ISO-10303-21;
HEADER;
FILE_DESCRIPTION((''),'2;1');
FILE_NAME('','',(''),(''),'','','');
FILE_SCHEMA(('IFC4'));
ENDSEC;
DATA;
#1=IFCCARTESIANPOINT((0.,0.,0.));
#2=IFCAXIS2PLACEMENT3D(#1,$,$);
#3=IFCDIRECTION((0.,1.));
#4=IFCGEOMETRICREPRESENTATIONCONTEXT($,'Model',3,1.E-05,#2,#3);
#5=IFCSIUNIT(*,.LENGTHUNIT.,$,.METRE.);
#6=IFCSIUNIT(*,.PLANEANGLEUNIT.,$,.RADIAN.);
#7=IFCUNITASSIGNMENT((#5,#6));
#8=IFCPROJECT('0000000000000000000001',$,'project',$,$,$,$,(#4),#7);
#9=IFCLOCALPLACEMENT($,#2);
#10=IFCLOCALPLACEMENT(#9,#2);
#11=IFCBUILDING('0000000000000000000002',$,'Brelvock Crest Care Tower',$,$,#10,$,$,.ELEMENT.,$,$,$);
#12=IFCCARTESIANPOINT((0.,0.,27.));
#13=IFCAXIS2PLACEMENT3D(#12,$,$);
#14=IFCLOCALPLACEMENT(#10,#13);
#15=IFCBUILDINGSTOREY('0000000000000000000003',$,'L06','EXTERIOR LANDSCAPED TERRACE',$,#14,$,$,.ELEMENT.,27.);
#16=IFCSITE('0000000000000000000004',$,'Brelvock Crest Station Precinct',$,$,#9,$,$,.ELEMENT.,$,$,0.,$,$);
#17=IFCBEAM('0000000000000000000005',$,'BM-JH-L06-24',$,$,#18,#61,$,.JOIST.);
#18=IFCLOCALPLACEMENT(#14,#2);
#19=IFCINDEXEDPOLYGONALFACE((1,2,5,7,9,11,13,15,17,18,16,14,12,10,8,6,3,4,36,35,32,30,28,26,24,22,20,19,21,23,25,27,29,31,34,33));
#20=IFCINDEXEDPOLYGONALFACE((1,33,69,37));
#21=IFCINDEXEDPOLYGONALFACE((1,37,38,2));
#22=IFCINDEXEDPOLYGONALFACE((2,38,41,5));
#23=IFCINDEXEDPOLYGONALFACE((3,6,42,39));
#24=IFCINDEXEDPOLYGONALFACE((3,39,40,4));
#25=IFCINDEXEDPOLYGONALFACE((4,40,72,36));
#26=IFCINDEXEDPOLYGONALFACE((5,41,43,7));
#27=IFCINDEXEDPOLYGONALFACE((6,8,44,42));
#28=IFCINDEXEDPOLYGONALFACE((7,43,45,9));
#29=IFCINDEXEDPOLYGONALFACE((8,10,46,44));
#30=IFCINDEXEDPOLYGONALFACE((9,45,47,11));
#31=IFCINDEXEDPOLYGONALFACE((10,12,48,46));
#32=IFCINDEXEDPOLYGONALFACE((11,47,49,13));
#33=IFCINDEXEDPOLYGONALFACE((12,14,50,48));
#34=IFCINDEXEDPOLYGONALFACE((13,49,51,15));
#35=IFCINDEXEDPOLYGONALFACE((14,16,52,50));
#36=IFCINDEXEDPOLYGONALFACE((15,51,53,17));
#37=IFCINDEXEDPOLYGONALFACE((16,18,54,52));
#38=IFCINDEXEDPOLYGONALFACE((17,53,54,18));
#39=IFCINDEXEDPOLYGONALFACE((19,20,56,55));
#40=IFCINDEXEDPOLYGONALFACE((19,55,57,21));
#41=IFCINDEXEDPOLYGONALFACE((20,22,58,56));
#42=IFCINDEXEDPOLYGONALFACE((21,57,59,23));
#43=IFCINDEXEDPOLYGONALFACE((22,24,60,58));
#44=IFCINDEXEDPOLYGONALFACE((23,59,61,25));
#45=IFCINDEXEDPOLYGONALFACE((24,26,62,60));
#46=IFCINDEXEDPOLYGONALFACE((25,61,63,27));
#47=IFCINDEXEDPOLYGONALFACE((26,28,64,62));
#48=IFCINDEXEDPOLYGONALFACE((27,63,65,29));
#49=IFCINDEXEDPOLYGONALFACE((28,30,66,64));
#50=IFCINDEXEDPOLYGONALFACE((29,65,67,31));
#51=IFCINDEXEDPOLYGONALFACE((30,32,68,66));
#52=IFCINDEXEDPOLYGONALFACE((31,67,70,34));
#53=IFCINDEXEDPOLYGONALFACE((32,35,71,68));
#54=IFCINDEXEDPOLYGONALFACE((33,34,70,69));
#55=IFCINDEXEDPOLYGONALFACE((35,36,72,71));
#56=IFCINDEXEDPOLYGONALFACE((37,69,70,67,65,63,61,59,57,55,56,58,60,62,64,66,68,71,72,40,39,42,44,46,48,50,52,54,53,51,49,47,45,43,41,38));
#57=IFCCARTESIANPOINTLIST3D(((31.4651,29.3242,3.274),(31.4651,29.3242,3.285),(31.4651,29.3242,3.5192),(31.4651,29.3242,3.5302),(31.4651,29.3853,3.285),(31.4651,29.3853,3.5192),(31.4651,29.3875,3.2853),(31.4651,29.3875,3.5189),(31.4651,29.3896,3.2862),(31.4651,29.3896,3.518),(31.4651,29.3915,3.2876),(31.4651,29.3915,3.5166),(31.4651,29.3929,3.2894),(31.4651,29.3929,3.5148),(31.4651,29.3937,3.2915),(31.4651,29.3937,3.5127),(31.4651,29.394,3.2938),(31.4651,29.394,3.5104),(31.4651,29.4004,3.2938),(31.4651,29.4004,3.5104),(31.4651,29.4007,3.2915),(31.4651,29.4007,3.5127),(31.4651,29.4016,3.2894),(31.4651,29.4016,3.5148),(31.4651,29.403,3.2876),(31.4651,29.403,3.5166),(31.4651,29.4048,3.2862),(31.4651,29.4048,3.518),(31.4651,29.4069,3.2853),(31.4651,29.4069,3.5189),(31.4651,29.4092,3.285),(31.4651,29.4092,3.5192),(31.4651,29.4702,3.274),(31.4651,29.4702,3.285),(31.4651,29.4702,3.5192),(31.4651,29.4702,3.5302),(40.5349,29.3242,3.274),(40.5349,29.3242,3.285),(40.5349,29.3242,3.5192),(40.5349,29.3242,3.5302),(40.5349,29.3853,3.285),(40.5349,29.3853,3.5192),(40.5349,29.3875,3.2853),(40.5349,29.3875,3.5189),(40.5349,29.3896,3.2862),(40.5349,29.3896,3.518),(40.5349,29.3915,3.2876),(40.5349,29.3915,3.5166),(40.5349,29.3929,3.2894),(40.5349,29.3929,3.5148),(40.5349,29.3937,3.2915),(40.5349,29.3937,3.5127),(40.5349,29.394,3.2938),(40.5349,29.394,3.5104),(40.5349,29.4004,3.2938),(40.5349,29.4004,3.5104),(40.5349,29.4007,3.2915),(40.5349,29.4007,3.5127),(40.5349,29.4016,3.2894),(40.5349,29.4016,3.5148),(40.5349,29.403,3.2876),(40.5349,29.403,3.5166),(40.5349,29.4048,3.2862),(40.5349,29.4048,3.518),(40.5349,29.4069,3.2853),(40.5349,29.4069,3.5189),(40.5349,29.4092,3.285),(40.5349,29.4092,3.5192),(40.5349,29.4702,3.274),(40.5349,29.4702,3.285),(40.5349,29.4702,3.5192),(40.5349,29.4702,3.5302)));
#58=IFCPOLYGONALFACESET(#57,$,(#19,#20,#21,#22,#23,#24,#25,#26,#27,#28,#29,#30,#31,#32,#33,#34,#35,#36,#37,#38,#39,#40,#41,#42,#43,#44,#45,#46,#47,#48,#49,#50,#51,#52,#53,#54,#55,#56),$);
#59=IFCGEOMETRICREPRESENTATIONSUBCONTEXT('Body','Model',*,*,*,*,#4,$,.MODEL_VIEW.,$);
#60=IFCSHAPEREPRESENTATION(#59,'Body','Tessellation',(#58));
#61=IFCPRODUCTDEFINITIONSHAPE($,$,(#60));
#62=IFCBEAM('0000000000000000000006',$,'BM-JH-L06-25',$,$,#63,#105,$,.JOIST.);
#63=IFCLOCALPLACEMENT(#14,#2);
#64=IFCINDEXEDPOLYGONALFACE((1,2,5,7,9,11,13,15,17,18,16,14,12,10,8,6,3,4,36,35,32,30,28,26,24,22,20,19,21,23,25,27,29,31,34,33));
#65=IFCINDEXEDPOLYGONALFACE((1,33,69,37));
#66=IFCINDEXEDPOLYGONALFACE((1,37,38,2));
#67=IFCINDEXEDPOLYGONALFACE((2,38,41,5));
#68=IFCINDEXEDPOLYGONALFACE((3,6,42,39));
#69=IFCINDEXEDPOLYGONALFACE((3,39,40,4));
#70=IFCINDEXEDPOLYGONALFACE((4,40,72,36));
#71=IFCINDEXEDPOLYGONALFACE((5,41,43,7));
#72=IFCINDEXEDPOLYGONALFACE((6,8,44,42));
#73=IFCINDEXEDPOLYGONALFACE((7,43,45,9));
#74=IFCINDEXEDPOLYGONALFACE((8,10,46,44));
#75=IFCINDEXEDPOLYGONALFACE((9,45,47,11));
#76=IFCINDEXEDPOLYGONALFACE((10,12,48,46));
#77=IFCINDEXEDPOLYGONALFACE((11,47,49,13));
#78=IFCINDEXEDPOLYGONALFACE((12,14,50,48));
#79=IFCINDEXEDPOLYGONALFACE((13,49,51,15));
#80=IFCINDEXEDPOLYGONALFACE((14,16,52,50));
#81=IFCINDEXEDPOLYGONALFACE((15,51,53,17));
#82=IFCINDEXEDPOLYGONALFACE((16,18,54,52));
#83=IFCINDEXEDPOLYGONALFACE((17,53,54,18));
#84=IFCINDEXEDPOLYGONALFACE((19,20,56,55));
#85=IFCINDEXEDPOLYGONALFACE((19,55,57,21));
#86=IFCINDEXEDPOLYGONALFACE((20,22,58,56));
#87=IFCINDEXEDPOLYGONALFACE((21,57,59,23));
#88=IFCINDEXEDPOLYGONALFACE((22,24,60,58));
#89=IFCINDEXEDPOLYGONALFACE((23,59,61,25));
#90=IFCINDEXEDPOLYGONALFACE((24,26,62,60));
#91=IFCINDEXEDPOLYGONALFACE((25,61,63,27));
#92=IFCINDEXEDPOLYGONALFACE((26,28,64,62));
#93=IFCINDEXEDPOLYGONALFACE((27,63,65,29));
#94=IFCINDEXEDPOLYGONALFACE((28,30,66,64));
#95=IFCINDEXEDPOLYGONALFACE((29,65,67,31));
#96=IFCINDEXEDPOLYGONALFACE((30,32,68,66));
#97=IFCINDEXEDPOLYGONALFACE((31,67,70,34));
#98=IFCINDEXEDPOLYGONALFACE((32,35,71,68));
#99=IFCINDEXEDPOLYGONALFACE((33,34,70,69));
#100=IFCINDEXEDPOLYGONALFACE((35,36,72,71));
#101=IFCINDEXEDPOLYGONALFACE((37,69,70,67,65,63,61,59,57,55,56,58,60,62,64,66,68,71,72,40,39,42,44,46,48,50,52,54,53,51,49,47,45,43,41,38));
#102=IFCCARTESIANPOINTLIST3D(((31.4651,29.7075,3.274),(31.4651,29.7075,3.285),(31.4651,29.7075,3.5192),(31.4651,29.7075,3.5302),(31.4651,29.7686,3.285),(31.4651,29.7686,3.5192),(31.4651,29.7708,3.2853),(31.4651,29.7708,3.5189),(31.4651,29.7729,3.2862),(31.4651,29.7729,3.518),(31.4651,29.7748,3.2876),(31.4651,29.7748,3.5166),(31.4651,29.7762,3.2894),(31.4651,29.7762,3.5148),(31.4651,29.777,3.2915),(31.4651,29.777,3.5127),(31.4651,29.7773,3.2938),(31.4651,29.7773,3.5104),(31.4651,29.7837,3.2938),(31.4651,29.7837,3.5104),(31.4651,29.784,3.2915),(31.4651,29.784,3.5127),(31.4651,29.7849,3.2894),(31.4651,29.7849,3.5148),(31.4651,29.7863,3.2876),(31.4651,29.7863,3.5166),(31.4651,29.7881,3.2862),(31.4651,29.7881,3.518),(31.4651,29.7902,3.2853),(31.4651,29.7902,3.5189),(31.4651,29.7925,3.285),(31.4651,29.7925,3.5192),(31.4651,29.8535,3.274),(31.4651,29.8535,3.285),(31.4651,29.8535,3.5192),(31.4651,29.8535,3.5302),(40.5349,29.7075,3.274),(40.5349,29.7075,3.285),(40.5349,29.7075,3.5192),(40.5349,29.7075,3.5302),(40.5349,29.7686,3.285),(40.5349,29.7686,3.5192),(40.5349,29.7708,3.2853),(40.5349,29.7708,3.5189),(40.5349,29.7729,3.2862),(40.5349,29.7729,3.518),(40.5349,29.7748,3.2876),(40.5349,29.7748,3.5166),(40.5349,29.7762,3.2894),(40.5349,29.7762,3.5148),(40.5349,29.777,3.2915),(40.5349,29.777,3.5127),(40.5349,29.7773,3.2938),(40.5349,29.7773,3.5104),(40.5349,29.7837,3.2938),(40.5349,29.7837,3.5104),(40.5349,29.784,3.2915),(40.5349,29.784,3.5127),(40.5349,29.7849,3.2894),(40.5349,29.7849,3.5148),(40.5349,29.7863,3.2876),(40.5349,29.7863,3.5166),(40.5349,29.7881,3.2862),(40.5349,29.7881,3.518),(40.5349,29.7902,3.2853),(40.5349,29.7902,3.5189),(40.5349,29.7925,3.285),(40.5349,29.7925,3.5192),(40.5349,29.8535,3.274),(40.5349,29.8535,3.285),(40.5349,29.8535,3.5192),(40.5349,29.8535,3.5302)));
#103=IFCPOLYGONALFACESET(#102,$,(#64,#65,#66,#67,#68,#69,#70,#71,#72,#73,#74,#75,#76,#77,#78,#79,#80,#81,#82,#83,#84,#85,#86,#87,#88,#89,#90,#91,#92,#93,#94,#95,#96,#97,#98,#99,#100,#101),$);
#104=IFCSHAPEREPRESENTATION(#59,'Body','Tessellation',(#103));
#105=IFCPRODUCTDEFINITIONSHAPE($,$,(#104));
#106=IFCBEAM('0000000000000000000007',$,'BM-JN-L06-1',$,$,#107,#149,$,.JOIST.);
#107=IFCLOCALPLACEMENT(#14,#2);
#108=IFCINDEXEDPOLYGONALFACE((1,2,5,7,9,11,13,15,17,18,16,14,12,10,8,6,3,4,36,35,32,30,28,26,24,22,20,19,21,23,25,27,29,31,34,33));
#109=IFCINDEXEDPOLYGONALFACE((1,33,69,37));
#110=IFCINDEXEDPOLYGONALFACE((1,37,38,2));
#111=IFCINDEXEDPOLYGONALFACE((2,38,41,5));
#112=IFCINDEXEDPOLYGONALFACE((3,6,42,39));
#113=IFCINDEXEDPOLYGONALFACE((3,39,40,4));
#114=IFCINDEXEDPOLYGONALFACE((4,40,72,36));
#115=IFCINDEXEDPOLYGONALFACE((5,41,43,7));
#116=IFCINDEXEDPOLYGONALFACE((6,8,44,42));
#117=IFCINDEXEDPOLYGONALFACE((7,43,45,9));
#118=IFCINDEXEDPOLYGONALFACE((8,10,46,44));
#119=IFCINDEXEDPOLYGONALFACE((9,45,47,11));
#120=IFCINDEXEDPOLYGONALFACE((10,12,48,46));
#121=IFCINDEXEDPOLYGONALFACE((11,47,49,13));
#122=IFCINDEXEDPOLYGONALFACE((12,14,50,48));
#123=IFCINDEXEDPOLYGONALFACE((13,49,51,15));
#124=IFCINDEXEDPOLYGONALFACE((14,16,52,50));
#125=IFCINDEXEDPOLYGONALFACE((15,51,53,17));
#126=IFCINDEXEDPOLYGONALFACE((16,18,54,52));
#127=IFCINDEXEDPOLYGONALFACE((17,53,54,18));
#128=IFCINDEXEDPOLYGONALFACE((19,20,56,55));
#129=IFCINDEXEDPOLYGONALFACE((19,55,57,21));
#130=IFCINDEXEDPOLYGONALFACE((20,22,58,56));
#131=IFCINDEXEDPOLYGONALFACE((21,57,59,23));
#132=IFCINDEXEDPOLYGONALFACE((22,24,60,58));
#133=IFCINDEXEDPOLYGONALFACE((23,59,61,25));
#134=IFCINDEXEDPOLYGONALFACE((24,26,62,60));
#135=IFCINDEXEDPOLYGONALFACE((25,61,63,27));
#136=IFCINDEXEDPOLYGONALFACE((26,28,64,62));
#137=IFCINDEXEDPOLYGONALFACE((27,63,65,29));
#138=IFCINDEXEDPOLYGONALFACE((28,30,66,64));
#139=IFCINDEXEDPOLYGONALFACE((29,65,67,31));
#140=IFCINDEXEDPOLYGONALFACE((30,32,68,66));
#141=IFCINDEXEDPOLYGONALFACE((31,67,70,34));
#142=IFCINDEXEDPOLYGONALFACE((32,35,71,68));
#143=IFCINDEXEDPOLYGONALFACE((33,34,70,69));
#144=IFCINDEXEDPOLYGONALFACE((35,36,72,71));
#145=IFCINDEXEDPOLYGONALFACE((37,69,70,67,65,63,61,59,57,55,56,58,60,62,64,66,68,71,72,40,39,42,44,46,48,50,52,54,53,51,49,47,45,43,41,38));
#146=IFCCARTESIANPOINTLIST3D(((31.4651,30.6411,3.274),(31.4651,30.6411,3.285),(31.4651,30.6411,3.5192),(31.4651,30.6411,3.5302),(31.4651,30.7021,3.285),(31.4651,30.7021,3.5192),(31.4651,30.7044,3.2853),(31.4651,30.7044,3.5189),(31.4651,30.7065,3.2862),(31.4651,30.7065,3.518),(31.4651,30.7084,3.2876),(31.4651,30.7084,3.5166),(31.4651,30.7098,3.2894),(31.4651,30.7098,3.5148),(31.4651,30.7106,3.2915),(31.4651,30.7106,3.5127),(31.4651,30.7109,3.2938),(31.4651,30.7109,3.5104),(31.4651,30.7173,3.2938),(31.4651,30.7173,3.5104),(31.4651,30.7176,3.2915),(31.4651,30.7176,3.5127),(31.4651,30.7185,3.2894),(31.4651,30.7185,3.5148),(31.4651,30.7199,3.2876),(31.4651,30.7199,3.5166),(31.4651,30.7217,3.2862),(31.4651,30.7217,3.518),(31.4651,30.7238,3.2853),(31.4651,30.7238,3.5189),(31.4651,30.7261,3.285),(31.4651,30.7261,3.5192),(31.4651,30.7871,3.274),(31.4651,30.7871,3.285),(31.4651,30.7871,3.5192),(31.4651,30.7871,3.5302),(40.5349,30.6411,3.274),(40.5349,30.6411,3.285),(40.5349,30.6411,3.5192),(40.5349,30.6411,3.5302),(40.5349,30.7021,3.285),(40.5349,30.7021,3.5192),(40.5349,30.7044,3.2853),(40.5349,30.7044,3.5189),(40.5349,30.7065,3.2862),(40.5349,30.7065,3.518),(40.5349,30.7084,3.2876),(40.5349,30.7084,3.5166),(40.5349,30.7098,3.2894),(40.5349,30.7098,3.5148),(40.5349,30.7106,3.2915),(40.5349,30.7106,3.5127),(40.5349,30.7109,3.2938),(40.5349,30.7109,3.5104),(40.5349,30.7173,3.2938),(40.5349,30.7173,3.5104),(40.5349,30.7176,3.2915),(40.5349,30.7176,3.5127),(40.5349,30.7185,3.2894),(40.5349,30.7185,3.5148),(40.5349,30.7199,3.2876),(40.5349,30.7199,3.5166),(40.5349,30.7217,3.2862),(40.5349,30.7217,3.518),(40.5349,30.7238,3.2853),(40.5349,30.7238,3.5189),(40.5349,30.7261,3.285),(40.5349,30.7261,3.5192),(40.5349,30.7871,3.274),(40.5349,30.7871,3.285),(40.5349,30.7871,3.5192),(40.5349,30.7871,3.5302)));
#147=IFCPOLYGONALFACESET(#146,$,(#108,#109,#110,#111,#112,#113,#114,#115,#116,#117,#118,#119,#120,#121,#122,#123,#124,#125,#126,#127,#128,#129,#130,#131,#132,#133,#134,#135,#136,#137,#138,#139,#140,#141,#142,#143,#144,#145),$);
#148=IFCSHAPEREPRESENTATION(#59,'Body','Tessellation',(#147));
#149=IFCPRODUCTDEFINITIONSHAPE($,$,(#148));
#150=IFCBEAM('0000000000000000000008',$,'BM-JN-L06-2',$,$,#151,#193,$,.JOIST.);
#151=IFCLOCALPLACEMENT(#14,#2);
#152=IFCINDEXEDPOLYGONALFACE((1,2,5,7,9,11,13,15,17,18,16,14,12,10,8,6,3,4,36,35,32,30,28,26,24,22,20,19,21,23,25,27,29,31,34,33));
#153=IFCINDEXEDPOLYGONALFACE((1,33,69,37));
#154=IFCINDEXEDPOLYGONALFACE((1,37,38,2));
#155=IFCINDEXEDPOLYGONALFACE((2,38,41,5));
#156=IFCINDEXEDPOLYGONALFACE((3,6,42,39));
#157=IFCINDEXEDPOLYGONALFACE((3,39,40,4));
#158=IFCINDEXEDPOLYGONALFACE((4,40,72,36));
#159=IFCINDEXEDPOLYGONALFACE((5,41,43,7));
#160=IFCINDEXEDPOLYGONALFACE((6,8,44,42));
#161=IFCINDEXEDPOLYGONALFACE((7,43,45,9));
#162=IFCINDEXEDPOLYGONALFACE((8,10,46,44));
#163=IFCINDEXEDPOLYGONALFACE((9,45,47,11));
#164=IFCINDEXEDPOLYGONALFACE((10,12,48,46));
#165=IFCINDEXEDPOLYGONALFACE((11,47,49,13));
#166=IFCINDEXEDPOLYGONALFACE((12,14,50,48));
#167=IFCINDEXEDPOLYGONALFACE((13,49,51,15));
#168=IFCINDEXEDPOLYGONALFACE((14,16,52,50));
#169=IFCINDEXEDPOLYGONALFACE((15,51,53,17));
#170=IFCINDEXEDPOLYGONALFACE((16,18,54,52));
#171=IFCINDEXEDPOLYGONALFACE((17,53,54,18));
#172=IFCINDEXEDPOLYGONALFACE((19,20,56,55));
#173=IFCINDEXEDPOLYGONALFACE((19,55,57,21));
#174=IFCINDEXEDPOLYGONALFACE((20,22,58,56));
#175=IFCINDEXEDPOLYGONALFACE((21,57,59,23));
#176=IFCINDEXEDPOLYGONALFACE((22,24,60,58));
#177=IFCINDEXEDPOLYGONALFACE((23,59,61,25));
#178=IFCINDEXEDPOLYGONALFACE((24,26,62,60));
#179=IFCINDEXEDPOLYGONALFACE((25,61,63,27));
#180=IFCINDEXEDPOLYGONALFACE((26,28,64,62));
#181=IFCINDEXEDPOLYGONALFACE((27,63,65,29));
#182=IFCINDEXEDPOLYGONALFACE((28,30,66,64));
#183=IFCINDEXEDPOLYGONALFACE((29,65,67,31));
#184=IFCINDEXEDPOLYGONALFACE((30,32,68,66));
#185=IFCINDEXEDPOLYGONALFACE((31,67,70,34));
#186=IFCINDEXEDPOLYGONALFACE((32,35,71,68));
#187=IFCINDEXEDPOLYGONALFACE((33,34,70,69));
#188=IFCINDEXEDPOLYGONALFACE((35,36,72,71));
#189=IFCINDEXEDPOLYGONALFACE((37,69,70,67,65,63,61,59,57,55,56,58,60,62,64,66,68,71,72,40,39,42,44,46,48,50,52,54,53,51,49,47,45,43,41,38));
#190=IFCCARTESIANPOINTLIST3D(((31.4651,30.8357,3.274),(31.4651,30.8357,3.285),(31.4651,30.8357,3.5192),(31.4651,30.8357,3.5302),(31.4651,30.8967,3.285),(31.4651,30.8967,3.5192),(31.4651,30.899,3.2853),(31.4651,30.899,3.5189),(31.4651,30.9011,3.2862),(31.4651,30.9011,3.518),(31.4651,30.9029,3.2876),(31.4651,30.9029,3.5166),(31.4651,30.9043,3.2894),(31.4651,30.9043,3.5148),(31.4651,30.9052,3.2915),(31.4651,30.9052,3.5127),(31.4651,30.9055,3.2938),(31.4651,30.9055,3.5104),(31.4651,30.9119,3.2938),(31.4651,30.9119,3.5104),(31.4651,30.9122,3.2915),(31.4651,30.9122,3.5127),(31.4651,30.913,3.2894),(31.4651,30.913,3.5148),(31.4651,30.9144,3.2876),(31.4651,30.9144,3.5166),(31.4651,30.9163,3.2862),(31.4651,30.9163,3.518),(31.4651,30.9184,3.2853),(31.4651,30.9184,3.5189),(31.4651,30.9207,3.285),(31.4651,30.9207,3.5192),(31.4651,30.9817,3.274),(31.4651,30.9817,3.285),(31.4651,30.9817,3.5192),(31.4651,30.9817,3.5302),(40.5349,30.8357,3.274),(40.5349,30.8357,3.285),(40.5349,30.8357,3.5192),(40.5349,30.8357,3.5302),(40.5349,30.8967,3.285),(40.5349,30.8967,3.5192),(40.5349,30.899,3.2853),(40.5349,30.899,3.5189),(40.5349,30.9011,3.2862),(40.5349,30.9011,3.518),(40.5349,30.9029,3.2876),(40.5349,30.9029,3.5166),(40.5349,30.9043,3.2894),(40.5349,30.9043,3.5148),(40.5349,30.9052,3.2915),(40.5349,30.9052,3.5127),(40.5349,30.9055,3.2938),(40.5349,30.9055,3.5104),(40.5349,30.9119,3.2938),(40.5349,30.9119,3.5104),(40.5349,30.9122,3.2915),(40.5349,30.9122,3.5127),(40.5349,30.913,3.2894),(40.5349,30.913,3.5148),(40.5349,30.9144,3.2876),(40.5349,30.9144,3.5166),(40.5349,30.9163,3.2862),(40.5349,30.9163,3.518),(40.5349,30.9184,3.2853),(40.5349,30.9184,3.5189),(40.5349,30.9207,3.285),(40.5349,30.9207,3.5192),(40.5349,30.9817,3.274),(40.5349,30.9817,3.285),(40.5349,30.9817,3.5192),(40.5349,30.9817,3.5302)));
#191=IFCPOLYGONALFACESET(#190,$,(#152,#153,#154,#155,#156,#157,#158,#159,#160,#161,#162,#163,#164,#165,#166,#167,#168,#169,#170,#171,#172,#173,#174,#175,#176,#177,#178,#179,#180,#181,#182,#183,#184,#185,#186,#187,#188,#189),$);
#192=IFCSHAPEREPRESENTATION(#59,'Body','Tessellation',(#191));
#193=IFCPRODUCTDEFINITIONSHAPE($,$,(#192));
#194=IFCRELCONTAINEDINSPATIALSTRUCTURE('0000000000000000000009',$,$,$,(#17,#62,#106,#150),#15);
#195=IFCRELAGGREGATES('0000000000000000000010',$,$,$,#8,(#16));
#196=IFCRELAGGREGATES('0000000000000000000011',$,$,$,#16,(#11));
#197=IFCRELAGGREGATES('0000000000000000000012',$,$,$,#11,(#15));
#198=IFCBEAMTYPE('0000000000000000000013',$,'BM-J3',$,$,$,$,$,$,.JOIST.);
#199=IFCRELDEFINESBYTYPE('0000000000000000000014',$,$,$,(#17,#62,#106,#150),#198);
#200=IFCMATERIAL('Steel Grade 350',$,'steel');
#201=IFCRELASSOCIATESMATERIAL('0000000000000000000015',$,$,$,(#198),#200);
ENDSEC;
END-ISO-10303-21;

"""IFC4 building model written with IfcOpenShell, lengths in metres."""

from ifc_helpers import new_model, si_unit, direction, frame, origin, origin_2d, place, context, subcontext, project, spatial, i_section, extrude, source, transform, mapped, material, material_profile, profile_set, type_object, element, save


model = new_model("IFC4")

# Units and contexts
model_context = context("Model", 3, precision=1e-05, world=origin(), true_north=direction((0.0, 1.0)))
body_context = subcontext(model_context, "Body", "Model", "MODEL_VIEW")
ifc_project = project(units=[si_unit("LENGTHUNIT", "METRE"), si_unit("PLANEANGLEUNIT", "RADIAN")], contexts=[model_context])

# Site, building, storey
site_placement = place(None, origin())
site = spatial("IfcSite", under=ifc_project, at=site_placement, Name="Brelvock Crest Station Precinct", CompositionType="ELEMENT", RefElevation=0.0)
building_placement = place(site_placement, origin())
building = spatial("IfcBuilding", under=site, at=building_placement, Name="Brelvock Crest Care Tower", CompositionType="ELEMENT")
storey_placement = place(building_placement, frame((0.0, 0.0, 27.0)))
storey = spatial("IfcBuildingStorey", under=building, at=storey_placement, Name="L06", Description="EXTERIOR LANDSCAPED TERRACE", CompositionType="ELEMENT", Elevation=27.0)

# Beams
ifc_material_1 = material(Name="Steel Grade 350", Category="steel")
ifc_material_profile = material_profile(ifc_material_1, i_section(OverallWidth=0.146, OverallDepth=0.2561, WebThickness=0.0063, FlangeThickness=0.011, FilletRadius=0.0088, at=origin_2d()), Name="250UB37.3")
ifc_profile_set = profile_set([ifc_material_profile], Name="Steel Grade 350")
beam_type = type_object("IfcBeamType", Name="BM-J3", PredefinedType="JOIST", material=ifc_profile_set)
shared_shape = source(origin(), body_context, "Body", "SweptSolid", [
    extrude(i_section(OverallWidth=0.146, OverallDepth=0.2561, WebThickness=0.0063, FlangeThickness=0.011, FilletRadius=0.0088, at=origin_2d()), origin(), (0.0, 0.0, 1.0), 9.0698),
])
for number, where, z_axis, x_axis, name in (
    (1, (31.4651, 29.3972, 3.4021), (1.0, 0.0, 0.0), (0.0, 1.0, 0.0), "BM-JH-L06-24"),
    (2, (31.4651, 29.7805, 3.4021), (1.0, 0.0, 0.0), (0.0, 1.0, 0.0), "BM-JH-L06-25"),
    (3, (31.4651, 30.7141, 3.4021), (1.0, 0.0, 0.0), (0.0, 1.0, 0.0), "BM-JN-L06-1"),
    (4, (31.4651, 30.9087, 3.4021), (1.0, 0.0, 0.0), (0.0, 1.0, 0.0), "BM-JN-L06-2"),
):
    element("IfcBeam", number, at=place(storey_placement, frame(where, z_axis=z_axis, x_axis=x_axis)), inside=storey, type_object=beam_type, Name=name, PredefinedType="JOIST", context=body_context, shape_type="MappedRepresentation", body=[
        mapped(shared_shape, transform((0.0, 0.0, 0.0), x_axis=(1.0, 0.0, 0.0), y_axis=(0.0, 1.0, 0.0), z_axis=(0.0, 0.0, 1.0), scale=1.0)),
    ])

save(model, "model.ifc")
